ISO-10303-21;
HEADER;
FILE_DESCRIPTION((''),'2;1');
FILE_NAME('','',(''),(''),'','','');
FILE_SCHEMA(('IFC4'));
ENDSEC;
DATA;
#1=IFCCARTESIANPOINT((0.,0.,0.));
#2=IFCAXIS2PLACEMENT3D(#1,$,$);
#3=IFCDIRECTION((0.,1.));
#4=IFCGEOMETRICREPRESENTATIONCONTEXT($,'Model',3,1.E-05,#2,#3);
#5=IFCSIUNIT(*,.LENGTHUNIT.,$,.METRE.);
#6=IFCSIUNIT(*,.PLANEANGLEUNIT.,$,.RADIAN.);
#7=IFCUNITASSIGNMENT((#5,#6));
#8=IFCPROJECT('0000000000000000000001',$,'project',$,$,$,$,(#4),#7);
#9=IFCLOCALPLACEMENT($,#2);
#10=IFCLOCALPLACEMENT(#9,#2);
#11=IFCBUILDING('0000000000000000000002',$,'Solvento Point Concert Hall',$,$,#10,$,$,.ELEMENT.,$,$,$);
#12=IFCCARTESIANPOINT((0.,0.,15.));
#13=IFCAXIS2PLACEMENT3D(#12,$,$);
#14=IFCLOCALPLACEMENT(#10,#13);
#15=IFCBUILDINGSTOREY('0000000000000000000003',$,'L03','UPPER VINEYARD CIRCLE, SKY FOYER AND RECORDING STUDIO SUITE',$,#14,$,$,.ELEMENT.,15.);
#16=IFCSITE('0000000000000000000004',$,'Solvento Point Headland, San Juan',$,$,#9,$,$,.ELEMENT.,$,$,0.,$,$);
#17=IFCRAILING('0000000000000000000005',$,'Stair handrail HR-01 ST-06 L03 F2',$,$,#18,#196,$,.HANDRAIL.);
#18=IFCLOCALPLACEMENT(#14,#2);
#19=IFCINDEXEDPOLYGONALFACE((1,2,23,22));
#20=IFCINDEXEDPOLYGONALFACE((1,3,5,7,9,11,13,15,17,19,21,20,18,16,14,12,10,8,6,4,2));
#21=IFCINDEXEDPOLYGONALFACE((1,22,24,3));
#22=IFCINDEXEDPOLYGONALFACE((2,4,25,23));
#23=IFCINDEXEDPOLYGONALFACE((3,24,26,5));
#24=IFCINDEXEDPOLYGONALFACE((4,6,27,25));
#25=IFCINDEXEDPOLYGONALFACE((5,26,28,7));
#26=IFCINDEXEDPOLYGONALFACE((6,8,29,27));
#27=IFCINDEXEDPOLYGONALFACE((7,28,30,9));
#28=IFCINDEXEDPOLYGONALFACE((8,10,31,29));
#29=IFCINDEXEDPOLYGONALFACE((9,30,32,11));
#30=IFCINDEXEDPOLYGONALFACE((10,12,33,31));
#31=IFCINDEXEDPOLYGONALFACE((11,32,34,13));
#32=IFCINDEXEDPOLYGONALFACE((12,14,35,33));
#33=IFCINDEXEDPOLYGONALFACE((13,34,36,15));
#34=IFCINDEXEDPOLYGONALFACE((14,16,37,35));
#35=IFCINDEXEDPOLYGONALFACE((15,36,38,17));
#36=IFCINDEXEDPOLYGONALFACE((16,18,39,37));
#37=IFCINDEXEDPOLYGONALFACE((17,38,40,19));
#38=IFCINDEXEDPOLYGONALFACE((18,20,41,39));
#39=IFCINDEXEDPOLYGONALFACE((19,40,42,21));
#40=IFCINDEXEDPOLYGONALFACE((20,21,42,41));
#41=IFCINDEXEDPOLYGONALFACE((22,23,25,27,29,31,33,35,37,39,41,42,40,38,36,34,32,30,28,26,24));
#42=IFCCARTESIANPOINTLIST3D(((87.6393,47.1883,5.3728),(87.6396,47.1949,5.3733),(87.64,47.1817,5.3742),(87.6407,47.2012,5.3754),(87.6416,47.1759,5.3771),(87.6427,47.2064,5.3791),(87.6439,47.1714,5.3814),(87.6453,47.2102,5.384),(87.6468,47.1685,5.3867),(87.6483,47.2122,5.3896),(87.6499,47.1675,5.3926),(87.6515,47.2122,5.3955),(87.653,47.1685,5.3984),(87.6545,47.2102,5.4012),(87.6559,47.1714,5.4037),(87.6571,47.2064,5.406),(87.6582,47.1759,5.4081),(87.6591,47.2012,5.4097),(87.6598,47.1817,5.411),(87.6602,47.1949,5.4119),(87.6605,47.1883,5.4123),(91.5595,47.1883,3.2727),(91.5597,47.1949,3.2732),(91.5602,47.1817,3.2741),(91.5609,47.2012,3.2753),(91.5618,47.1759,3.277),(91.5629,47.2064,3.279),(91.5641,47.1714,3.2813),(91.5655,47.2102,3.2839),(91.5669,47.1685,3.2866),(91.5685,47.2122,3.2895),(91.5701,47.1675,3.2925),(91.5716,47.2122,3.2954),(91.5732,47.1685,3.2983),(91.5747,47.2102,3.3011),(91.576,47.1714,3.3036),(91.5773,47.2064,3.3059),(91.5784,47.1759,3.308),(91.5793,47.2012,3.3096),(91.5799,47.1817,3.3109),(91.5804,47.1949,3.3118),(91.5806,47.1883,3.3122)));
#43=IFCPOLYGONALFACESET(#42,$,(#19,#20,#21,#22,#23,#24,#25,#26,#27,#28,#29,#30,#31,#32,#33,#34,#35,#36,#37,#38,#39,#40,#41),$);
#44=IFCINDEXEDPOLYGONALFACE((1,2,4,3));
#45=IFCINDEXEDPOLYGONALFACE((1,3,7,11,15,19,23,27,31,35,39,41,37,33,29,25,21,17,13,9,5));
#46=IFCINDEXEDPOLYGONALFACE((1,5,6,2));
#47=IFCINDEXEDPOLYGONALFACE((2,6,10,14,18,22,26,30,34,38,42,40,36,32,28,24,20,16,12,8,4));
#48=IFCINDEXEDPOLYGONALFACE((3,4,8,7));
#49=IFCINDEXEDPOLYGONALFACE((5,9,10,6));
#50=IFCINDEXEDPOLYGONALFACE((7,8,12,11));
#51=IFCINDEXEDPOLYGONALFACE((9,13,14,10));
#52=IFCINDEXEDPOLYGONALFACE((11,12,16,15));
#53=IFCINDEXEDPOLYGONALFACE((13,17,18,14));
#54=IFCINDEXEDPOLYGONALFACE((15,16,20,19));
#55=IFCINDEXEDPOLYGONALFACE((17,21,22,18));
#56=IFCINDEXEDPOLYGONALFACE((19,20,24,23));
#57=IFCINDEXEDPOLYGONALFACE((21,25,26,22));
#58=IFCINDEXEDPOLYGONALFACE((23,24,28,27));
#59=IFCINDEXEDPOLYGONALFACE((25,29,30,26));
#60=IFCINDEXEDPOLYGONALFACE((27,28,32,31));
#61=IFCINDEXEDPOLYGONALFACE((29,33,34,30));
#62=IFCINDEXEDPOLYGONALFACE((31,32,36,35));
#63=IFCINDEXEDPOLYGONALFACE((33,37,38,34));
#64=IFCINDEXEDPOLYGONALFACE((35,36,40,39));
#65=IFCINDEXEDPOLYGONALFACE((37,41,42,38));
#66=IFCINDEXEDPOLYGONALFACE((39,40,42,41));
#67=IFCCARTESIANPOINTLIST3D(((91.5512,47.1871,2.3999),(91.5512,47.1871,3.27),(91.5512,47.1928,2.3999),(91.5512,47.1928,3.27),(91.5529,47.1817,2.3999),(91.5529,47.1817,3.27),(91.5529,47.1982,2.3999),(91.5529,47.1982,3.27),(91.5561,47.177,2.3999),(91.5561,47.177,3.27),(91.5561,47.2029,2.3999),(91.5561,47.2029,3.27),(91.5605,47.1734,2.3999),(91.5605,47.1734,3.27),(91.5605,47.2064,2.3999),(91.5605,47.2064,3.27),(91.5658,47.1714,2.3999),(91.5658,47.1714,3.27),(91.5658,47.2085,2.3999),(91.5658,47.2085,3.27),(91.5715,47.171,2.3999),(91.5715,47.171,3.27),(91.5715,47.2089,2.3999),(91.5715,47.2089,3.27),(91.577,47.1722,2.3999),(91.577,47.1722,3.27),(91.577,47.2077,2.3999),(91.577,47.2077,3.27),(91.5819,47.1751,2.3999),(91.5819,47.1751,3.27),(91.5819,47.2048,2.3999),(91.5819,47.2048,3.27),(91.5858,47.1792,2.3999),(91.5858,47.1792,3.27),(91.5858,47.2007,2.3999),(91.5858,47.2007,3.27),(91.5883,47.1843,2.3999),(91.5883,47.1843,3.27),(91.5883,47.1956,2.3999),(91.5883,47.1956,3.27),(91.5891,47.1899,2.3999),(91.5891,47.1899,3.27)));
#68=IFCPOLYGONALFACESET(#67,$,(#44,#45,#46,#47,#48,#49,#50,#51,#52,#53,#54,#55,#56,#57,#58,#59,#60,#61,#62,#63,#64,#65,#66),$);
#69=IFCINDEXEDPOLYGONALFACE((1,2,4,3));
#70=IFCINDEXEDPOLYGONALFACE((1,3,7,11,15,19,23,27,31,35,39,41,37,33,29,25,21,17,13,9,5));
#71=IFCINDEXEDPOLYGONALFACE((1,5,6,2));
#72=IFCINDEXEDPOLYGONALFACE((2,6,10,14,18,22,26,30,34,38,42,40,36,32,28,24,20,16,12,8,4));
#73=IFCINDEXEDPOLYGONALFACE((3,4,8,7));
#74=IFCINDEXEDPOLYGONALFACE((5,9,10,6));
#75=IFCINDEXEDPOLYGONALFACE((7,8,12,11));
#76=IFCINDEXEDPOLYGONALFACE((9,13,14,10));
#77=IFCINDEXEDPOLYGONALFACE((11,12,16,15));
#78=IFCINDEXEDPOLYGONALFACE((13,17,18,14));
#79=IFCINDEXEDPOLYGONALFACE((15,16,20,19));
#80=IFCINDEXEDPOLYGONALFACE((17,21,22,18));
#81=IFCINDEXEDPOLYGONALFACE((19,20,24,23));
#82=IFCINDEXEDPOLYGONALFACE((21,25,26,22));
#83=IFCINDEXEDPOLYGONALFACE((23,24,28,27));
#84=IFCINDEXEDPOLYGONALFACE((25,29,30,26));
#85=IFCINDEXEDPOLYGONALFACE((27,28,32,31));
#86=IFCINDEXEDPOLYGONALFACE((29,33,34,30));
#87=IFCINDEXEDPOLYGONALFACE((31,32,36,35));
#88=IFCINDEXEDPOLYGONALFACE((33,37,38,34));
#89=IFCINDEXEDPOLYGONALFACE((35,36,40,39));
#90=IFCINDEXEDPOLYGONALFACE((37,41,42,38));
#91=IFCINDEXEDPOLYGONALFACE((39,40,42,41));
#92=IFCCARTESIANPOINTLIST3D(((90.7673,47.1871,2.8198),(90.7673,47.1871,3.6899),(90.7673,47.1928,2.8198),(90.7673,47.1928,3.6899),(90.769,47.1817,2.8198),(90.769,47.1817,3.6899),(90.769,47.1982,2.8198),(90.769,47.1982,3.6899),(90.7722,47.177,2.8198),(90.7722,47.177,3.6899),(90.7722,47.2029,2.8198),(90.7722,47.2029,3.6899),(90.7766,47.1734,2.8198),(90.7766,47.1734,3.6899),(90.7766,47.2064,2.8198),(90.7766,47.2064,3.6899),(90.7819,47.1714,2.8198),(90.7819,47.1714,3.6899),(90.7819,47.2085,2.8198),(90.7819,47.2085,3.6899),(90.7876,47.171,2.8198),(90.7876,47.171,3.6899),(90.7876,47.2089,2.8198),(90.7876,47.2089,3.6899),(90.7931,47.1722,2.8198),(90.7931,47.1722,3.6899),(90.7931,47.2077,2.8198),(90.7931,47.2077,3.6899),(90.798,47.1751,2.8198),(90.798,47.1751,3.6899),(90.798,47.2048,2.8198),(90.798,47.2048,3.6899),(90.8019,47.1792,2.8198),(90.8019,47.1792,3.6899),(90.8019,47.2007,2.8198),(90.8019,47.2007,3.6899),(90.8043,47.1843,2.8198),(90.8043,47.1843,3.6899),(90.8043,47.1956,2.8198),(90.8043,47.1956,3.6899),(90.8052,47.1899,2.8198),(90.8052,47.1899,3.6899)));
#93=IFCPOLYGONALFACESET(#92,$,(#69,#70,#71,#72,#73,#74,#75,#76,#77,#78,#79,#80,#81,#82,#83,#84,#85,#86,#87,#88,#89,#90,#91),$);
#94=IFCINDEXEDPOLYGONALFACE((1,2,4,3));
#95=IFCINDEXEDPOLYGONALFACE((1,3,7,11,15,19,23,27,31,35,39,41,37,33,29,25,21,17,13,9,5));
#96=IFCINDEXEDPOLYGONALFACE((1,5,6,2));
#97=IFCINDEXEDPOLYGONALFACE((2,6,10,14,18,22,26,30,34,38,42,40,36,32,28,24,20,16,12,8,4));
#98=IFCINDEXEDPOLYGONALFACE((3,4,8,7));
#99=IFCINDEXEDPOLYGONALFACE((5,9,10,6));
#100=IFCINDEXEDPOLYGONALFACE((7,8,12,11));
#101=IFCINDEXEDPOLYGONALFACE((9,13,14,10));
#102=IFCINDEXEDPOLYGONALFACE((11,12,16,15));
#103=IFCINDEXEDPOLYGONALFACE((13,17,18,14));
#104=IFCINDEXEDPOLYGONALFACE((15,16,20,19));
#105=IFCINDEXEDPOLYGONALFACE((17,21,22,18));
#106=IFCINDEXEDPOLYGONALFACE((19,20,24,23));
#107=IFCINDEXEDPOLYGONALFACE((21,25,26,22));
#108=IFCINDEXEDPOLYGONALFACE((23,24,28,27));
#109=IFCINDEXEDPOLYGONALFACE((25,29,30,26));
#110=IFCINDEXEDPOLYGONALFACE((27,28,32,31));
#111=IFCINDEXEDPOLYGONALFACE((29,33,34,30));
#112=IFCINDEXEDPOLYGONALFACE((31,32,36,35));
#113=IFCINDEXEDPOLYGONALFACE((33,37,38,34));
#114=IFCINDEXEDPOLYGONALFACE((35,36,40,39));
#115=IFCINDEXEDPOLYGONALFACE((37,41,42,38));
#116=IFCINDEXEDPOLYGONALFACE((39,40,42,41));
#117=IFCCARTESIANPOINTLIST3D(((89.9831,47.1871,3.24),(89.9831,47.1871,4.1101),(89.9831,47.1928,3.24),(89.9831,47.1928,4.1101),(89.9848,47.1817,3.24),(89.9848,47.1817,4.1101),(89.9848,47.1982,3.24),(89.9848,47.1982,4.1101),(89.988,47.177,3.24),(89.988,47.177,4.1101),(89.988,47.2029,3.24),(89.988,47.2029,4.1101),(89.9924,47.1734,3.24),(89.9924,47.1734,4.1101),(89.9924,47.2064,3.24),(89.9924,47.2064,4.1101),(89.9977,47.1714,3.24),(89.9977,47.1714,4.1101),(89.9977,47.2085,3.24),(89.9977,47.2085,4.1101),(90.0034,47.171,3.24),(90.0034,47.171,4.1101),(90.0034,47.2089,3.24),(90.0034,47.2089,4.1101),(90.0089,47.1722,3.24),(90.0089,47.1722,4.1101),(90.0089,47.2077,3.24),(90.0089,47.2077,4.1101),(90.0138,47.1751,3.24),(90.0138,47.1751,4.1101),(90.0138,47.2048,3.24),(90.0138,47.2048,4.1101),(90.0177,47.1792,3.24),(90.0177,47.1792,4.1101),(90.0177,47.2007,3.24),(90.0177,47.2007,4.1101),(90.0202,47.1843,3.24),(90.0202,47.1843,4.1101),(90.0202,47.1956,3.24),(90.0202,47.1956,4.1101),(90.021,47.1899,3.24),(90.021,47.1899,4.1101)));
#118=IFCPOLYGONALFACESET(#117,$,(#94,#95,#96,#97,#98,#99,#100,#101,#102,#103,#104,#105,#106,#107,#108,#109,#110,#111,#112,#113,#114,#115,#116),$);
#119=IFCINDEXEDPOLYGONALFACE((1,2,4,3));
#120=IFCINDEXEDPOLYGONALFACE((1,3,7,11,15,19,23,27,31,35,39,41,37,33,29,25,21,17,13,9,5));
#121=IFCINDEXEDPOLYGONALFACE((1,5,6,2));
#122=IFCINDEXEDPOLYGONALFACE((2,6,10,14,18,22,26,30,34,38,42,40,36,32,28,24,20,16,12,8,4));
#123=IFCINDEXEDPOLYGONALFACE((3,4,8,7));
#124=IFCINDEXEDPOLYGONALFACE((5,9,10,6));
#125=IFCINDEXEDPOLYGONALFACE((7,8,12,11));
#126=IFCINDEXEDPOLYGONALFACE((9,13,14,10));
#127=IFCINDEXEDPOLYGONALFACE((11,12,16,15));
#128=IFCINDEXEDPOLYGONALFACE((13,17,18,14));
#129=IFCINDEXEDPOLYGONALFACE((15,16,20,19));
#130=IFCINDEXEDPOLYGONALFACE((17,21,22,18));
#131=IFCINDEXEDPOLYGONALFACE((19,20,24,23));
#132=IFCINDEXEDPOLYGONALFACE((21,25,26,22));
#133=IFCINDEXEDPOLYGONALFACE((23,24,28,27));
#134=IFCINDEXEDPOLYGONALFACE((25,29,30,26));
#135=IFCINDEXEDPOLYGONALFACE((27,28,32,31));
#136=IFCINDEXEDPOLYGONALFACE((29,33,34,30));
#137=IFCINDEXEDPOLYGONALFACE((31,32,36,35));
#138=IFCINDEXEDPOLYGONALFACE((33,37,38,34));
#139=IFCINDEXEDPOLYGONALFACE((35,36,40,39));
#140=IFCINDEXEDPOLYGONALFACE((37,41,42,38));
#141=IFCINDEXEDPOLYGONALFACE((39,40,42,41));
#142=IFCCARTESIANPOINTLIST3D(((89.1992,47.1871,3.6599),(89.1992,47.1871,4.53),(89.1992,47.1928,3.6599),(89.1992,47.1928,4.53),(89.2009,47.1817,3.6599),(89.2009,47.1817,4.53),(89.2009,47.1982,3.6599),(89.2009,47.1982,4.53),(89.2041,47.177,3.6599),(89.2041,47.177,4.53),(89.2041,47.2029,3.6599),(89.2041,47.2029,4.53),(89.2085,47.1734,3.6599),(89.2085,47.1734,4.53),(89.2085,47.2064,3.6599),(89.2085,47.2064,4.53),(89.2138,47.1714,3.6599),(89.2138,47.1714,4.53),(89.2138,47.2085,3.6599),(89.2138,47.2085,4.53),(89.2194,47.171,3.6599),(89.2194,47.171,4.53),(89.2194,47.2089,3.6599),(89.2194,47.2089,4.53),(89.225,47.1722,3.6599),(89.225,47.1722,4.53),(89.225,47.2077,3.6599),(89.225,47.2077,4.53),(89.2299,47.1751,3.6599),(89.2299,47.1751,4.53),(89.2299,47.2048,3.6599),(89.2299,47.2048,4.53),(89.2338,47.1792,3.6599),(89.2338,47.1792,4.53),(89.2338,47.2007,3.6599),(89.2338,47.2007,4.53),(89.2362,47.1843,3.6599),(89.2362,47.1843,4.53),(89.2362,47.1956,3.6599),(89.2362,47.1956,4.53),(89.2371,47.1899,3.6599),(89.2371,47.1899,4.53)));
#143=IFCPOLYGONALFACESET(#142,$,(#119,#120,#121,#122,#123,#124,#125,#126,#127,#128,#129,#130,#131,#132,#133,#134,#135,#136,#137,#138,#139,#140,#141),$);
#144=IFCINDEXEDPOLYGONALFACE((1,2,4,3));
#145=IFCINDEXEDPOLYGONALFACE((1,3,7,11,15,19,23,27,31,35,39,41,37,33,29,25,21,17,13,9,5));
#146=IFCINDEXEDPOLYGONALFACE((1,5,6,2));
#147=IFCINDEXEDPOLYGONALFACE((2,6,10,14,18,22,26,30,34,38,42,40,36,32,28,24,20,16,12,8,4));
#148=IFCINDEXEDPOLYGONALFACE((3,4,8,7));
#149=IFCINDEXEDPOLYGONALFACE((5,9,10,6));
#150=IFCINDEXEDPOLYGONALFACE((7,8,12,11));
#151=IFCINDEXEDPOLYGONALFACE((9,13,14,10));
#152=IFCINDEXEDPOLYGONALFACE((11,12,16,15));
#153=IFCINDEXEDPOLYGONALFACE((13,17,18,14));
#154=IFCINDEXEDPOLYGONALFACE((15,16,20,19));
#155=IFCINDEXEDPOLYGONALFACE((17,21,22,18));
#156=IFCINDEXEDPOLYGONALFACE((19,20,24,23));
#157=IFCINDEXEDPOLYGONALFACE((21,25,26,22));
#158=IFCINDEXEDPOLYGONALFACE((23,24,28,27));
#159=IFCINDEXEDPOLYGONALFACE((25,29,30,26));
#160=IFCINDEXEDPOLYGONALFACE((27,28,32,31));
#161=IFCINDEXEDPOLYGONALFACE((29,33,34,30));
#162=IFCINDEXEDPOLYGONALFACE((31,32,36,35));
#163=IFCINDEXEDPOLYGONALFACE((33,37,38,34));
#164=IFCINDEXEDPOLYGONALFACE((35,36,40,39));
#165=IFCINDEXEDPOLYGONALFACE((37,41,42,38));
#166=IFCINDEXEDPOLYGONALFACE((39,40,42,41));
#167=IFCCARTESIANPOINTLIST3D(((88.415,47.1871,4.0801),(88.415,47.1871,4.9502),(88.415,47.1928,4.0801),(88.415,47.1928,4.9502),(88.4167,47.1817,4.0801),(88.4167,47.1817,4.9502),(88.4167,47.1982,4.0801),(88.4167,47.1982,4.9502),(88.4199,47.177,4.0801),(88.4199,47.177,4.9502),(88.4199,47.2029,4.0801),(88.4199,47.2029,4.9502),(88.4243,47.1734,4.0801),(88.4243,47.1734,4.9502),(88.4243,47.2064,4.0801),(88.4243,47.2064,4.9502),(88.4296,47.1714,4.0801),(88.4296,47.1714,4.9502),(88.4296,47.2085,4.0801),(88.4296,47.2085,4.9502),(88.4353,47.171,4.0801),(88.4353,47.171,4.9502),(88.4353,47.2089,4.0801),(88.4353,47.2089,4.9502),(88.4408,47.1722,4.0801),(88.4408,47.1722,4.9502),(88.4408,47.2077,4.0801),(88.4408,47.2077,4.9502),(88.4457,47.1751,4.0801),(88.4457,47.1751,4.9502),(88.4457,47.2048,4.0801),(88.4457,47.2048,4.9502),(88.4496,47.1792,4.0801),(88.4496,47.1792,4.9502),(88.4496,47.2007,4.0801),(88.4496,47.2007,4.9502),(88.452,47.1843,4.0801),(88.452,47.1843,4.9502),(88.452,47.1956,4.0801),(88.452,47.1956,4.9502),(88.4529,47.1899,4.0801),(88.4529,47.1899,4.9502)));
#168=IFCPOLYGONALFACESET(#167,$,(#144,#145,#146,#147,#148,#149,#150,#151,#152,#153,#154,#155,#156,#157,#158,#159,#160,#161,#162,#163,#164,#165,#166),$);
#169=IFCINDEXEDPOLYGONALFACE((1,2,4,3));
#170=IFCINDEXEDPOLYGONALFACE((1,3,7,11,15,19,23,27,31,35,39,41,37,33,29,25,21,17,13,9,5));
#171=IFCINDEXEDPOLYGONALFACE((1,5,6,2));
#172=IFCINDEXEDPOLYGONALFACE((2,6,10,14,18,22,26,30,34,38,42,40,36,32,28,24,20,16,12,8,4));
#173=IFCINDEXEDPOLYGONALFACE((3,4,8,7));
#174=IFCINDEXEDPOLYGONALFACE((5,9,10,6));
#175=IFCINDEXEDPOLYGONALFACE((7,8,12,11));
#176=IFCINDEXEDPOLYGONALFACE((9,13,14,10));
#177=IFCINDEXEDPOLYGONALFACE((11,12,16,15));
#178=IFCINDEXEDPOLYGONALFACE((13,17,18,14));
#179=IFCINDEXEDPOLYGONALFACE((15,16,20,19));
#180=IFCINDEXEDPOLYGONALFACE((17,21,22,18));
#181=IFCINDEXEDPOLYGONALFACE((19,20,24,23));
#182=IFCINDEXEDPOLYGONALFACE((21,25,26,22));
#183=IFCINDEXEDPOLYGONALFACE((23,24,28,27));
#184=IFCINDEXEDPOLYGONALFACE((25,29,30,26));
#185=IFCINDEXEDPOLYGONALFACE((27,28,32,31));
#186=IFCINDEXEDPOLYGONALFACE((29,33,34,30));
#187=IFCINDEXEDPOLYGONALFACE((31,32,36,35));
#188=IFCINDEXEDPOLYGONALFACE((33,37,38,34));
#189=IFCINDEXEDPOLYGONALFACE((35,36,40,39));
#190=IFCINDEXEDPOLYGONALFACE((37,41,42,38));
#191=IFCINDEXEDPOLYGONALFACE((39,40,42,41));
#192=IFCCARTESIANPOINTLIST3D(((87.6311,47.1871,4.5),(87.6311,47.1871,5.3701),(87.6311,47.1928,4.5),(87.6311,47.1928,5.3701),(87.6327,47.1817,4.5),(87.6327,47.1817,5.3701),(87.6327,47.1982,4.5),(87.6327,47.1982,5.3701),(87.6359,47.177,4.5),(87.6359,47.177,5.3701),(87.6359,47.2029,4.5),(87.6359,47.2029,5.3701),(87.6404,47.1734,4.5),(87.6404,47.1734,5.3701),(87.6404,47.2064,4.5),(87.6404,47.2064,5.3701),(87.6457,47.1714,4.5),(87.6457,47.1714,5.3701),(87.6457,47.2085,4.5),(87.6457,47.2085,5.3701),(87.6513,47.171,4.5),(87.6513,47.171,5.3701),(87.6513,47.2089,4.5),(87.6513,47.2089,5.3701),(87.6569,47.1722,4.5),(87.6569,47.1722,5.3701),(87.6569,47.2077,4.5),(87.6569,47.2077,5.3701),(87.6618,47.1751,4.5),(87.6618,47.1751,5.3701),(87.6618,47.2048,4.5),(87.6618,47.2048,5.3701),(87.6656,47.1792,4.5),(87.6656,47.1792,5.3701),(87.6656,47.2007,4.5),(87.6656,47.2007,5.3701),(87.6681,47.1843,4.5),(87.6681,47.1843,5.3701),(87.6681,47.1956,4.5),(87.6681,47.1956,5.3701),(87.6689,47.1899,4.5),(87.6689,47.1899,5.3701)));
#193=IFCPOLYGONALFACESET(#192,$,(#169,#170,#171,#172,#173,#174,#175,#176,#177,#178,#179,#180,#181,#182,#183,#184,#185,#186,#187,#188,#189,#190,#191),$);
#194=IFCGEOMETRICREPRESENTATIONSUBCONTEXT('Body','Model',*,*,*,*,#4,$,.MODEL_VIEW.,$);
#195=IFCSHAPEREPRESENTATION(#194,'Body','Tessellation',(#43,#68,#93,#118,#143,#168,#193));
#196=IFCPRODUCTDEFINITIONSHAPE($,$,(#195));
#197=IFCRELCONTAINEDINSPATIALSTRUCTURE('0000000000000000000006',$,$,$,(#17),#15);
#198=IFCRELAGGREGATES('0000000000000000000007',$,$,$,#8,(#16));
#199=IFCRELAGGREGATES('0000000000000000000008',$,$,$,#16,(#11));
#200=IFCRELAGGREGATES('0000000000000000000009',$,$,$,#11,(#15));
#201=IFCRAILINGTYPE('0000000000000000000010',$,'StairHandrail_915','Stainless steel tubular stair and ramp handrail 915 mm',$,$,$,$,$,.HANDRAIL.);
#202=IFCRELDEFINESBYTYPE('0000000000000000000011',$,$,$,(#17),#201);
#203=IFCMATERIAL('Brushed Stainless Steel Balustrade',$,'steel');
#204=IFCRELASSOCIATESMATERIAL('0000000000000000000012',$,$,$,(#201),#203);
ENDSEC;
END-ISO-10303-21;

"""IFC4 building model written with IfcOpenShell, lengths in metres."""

from ifc_helpers import new_model, si_unit, direction, frame, origin, origin_2d, place, context, subcontext, project, spatial, circle, extrude, material, type_object, element, save


model = new_model("IFC4")

# Units and contexts
model_context = context("Model", 3, precision=1e-05, world=origin(), true_north=direction((0.0, 1.0)))
body_context = subcontext(model_context, "Body", "Model", "MODEL_VIEW")
ifc_project = project(units=[si_unit("LENGTHUNIT", "METRE"), si_unit("PLANEANGLEUNIT", "RADIAN")], contexts=[model_context])

# Site, building, storey
site_placement = place(None, origin())
site = spatial("IfcSite", under=ifc_project, at=site_placement, Name="Solvento Point Headland, San Juan", CompositionType="ELEMENT", RefElevation=0.0)
building_placement = place(site_placement, origin())
building = spatial("IfcBuilding", under=site, at=building_placement, Name="Solvento Point Concert Hall", CompositionType="ELEMENT")
storey_placement = place(building_placement, frame((0.0, 0.0, 15.0)))
storey = spatial("IfcBuildingStorey", under=building, at=storey_placement, Name="L03", Description="UPPER VINEYARD CIRCLE, SKY FOYER AND RECORDING STUDIO SUITE", CompositionType="ELEMENT", Elevation=15.0)

# Railing
ifc_material_1 = material(Name="Brushed Stainless Steel Balustrade", Category="steel")
railing_type_1 = type_object("IfcRailingType", Name="StairHandrail_915", Description="Stainless steel tubular stair and ramp handrail 915 mm", PredefinedType="HANDRAIL", material=ifc_material_1)
railing_1_placement = place(storey_placement, frame((91.5701, 47.1899, 2.3999)))
element("IfcRailing", 1, at=railing_1_placement, inside=storey, type_object=railing_type_1, Name="Stair handrail HR-01 ST-06 L03 F2", PredefinedType="HANDRAIL", context=body_context, shape_type="SweptSolid", body=[
    extrude(circle(Radius=0.0225, at=origin_2d()), frame((0.0, 0.0, 0.8926), z_axis=(-0.881479, 0.0, 0.472223), x_axis=(0.0, -1.0, 0.0)), (0.0, 0.0, 1.0), 4.4473),
    extrude(circle(Radius=0.019, at=origin_2d()), origin(), (0.0, 0.0, 1.0), 0.8701),
    extrude(circle(Radius=0.019, at=origin_2d()), frame((-0.7839, 0.0, 0.4199)), (0.0, 0.0, 1.0), 0.8701),
    extrude(circle(Radius=0.019, at=origin_2d()), frame((-1.5681, 0.0, 0.8401)), (0.0, 0.0, 1.0), 0.8701),
    extrude(circle(Radius=0.019, at=origin_2d()), frame((-2.3521, 0.0, 1.26)), (0.0, 0.0, 1.0), 0.8701),
    extrude(circle(Radius=0.019, at=origin_2d()), frame((-3.1362, 0.0, 1.6802)), (0.0, 0.0, 1.0), 0.8701),
    extrude(circle(Radius=0.019, at=origin_2d()), frame((-3.9202, 0.0, 2.1001)), (0.0, 0.0, 1.0), 0.8701),
])

save(model, "model.ifc")
